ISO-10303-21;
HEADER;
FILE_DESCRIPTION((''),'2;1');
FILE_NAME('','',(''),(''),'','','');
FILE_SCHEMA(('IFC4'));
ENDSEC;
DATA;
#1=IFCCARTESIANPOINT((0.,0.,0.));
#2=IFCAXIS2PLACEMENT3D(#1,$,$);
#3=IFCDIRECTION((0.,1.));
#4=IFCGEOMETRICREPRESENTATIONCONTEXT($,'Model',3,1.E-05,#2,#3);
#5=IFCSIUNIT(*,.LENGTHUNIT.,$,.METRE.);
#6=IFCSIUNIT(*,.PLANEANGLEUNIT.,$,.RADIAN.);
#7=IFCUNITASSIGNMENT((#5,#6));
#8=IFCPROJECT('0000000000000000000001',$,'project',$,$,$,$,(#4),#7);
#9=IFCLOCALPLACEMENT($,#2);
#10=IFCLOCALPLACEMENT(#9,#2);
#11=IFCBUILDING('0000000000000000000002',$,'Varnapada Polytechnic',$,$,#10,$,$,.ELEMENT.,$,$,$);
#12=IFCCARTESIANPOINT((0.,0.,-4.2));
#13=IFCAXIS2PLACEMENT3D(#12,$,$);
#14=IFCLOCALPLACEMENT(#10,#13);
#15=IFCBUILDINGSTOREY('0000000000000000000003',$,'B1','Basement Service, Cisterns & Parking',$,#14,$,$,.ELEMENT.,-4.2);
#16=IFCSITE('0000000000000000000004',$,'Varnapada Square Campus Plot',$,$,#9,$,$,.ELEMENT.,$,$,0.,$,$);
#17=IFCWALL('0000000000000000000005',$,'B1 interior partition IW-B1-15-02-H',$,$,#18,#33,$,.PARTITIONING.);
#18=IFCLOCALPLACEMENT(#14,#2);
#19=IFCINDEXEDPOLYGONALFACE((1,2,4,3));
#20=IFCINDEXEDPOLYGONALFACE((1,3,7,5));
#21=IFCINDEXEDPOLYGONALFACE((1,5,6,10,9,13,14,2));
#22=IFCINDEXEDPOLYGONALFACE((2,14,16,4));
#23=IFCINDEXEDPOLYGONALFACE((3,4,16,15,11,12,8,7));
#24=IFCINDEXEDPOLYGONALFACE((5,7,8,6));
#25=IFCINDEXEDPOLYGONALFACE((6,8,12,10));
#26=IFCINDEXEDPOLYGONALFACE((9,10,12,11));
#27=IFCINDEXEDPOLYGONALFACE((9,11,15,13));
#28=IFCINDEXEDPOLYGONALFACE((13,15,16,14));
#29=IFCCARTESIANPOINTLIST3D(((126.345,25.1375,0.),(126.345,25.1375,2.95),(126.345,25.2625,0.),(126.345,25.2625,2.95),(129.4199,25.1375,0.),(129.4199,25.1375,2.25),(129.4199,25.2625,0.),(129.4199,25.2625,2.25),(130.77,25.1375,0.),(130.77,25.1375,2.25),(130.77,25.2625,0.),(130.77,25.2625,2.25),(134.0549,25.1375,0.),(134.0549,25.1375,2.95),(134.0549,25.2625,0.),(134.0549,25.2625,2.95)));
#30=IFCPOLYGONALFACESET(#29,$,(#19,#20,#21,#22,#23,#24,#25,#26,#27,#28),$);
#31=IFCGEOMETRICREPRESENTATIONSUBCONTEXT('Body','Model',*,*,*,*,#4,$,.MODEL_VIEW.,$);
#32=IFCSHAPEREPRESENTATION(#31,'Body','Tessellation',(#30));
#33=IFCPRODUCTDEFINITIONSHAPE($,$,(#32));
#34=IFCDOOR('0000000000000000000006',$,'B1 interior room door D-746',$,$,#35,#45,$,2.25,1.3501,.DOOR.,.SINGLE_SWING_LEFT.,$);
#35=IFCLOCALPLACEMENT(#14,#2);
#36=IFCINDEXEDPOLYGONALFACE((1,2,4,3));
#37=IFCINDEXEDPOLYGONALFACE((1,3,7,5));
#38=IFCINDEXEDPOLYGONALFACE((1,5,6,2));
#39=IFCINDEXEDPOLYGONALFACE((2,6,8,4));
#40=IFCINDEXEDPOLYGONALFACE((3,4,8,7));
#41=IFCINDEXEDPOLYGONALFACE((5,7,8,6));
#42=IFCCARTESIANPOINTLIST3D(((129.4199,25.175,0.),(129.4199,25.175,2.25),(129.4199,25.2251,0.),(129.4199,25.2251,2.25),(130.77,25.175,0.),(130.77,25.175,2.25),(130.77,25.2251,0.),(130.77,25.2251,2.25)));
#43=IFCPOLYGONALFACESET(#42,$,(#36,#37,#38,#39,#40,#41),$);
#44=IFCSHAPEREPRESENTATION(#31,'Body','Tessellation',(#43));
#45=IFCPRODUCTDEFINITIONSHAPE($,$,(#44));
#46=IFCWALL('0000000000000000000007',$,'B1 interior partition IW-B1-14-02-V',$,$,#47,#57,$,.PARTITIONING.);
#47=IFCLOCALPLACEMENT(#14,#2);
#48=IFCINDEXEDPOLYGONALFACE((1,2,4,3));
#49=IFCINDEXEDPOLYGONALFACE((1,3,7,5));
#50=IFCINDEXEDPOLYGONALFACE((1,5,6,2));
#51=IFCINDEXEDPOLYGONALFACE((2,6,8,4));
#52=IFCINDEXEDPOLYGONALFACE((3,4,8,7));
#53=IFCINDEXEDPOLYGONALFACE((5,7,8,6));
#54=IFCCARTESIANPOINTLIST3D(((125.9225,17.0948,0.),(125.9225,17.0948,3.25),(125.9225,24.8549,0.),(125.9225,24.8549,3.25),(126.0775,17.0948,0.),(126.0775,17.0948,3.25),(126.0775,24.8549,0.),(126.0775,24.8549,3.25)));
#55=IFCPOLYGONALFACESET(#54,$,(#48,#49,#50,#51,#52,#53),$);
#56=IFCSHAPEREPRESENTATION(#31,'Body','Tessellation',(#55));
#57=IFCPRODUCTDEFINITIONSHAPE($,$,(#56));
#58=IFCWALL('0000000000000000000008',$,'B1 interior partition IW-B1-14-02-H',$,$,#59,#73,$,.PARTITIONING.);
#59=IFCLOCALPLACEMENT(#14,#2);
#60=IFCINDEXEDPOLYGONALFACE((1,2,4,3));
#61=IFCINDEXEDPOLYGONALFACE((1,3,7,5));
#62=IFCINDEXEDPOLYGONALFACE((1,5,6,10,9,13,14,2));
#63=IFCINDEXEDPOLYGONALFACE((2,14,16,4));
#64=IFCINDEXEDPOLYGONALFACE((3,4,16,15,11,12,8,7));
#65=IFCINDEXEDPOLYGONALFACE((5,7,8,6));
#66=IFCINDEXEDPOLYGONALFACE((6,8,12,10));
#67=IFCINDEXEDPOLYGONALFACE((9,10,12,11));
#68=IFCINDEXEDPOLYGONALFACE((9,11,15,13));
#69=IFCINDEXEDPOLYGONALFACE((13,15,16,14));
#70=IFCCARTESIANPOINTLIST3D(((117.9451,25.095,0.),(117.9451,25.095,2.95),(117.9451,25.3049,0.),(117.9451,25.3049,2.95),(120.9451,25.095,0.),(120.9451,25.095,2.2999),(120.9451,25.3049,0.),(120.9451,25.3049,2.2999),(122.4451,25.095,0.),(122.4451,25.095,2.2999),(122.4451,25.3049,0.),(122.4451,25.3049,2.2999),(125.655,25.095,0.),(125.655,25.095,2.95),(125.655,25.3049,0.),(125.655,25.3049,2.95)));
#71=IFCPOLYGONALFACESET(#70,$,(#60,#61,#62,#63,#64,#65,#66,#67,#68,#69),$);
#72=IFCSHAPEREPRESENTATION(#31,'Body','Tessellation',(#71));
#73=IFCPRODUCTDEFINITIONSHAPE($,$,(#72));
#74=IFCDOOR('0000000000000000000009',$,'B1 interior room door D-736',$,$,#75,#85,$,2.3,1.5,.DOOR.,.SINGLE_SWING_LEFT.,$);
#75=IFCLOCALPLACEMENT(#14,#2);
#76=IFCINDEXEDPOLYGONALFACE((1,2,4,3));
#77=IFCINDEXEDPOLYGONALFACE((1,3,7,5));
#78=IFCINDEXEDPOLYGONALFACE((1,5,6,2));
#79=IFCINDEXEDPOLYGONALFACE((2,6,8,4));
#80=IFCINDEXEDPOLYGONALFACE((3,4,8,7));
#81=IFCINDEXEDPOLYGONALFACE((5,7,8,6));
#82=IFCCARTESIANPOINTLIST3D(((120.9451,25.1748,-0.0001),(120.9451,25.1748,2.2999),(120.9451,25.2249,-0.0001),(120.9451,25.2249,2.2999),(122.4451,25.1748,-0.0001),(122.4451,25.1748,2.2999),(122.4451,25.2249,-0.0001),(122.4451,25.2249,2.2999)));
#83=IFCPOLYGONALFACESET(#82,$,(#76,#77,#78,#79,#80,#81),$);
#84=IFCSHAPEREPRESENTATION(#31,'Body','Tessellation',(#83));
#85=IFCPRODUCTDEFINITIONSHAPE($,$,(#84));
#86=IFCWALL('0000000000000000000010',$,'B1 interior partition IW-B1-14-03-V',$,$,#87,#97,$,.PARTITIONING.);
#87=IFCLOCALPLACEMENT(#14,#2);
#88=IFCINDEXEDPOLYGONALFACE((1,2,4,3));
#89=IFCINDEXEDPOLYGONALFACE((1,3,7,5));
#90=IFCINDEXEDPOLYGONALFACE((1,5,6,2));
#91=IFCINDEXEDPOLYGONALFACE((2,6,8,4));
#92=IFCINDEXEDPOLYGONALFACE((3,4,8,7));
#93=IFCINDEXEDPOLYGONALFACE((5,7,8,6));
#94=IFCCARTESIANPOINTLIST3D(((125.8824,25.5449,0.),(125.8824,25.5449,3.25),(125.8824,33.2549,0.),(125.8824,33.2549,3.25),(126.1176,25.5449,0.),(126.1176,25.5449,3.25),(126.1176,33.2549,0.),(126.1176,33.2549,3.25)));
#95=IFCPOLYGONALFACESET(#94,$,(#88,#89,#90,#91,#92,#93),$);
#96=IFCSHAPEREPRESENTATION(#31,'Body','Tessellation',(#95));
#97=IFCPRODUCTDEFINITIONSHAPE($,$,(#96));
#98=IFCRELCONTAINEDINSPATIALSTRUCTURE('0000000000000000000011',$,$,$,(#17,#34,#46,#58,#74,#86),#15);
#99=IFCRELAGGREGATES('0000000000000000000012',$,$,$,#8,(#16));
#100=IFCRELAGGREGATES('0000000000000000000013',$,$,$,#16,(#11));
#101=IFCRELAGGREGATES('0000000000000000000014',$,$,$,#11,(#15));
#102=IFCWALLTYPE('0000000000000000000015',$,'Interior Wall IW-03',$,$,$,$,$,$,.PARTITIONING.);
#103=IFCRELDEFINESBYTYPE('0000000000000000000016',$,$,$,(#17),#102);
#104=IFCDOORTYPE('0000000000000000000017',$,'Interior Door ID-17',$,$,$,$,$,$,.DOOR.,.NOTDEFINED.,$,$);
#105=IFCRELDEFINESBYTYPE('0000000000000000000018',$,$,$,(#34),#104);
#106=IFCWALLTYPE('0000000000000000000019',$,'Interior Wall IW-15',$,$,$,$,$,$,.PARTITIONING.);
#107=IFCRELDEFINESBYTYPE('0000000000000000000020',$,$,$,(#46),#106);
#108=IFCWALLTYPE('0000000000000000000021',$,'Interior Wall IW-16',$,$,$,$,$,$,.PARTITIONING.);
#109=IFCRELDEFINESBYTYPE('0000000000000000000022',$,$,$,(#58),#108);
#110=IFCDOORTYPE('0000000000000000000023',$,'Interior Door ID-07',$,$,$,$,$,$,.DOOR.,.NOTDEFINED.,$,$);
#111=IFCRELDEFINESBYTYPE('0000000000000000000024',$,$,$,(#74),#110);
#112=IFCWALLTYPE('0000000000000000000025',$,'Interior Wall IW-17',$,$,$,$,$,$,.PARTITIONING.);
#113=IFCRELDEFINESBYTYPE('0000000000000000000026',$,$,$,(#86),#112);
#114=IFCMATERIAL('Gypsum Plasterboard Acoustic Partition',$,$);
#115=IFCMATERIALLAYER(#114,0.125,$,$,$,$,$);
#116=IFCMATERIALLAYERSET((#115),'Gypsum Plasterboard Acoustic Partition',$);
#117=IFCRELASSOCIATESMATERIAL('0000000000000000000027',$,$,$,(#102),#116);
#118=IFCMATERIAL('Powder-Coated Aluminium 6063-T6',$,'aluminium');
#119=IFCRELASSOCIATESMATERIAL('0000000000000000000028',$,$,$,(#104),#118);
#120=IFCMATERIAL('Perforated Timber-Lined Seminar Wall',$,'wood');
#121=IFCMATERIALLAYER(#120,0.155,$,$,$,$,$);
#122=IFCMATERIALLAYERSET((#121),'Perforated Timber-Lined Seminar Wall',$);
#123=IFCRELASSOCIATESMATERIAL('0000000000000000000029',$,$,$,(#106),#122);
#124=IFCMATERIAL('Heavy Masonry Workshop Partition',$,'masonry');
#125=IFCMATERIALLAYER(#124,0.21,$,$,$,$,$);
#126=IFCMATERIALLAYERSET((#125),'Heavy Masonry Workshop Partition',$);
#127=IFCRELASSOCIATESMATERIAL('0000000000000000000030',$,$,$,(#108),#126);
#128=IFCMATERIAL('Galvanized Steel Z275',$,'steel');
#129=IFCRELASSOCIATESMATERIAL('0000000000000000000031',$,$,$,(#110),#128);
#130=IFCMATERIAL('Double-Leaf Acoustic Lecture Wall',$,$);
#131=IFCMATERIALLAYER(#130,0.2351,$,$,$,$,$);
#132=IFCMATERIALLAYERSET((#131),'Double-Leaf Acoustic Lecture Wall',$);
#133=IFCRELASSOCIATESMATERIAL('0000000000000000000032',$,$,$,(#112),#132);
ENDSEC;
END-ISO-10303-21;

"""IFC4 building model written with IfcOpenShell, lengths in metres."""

from ifc_helpers import new_model, si_unit, direction, frame, frame_2d, origin, place, context, subcontext, project, spatial, rectangle, extrude, material, layer, layer_set, type_object, element, fill, save


model = new_model("IFC4")

# Units and contexts
model_context = context("Model", 3, precision=1e-05, world=origin(), true_north=direction((0.0, 1.0)))
body_context = subcontext(model_context, "Body", "Model", "MODEL_VIEW")
ifc_project = project(units=[si_unit("LENGTHUNIT", "METRE"), si_unit("PLANEANGLEUNIT", "RADIAN")], contexts=[model_context])

# Site, building, storey
site_placement = place(None, origin())
site = spatial("IfcSite", under=ifc_project, at=site_placement, Name="Varnapada Square Campus Plot", CompositionType="ELEMENT", RefElevation=0.0)
building_placement = place(site_placement, origin())
building = spatial("IfcBuilding", under=site, at=building_placement, Name="Varnapada Polytechnic", CompositionType="ELEMENT")
storey_placement = place(building_placement, frame((0.0, 0.0, -4.2)))
storey = spatial("IfcBuildingStorey", under=building, at=storey_placement, Name="B1", Description="Basement Service, Cisterns & Parking", CompositionType="ELEMENT", Elevation=-4.2)

# Wall, opening, door
ifc_material_1 = material(Name="Gypsum Plasterboard Acoustic Partition")
ifc_layer_1 = layer(ifc_material_1, 0.125)
ifc_layer_set_1 = layer_set([ifc_layer_1], Name="Gypsum Plasterboard Acoustic Partition")
wall_type_1 = type_object("IfcWallType", Name="Interior Wall IW-03", PredefinedType="PARTITIONING", material=ifc_layer_set_1)
wall_1_placement = place(storey_placement, frame((126.345, 25.2, 0.0), z_axis=(0.0, 0.0, 1.0), x_axis=(1.0, 0.0, 0.0)))
wall_1 = element("IfcWall", 1, at=wall_1_placement, inside=storey, type_object=wall_type_1, Name="B1 interior partition IW-B1-15-02-H", PredefinedType="PARTITIONING", context=body_context, shape_type="SweptSolid", body=[
    extrude(rectangle(XDim=7.71, YDim=0.125, at=frame_2d((3.855, 0.0))), origin(), (0.0, 0.0, 1.0), 2.95),
])
opening_1_placement = place(wall_1_placement, frame((3.075, 0.0, 0.0)))
opening_1 = element("IfcOpeningElement", 2, at=opening_1_placement, cuts=wall_1, PredefinedType="OPENING", context=body_context, shape_type="SweptSolid", body=[
    extrude(rectangle(XDim=1.3501, YDim=2.25, at=frame_2d((0.675, 1.125))), frame((0.0, 0.0725, 0.0), z_axis=(0.0, -1.0, 0.0), x_axis=(1.0, 0.0, 0.0)), (0.0, 0.0, 1.0), 0.145),
])
ifc_material_2 = material(Name="Powder-Coated Aluminium 6063-T6", Category="aluminium")
door_type_1 = type_object("IfcDoorType", Name="Interior Door ID-17", OperationType="NOTDEFINED", PredefinedType="DOOR", material=ifc_material_2)
door_1_placement = place(opening_1_placement, frame((1.3501, 0.0, 0.0), z_axis=(0.0, 0.0, 1.0), x_axis=(-1.0, 0.0, 0.0)))
door_1 = element("IfcDoor", 3, at=door_1_placement, inside=storey, type_object=door_type_1, Name="B1 interior room door D-746", OperationType="SINGLE_SWING_LEFT", OverallHeight=2.25, OverallWidth=1.3501, PredefinedType="DOOR", context=body_context, shape_type="SweptSolid", body=[
    extrude(rectangle(XDim=1.3501, YDim=2.25, at=frame_2d((0.675, 1.125))), frame((0.0, 0.0249, 0.0), z_axis=(0.0, -1.0, 0.0), x_axis=(1.0, 0.0, 0.0)), (0.0, 0.0, 1.0), 0.05),
])
fill(opening_1, door_1)

# Wall
ifc_material_3 = material(Name="Perforated Timber-Lined Seminar Wall", Category="wood")
ifc_layer_2 = layer(ifc_material_3, 0.155)
ifc_layer_set_2 = layer_set([ifc_layer_2], Name="Perforated Timber-Lined Seminar Wall")
wall_type_2 = type_object("IfcWallType", Name="Interior Wall IW-15", PredefinedType="PARTITIONING", material=ifc_layer_set_2)
wall_2_placement = place(storey_placement, frame((126.0, 17.095, 0.0), z_axis=(0.0, 0.0, 1.0), x_axis=(0.0, 1.0, 0.0)))
element("IfcWall", 4, at=wall_2_placement, inside=storey, type_object=wall_type_2, Name="B1 interior partition IW-B1-14-02-V", PredefinedType="PARTITIONING", context=body_context, shape_type="SweptSolid", body=[
    extrude(rectangle(XDim=7.76, YDim=0.155, at=frame_2d((3.8799, 0.0))), origin(), (0.0, 0.0, 1.0), 3.25),
])

# Wall, opening, door
ifc_material_4 = material(Name="Heavy Masonry Workshop Partition", Category="masonry")
ifc_layer_3 = layer(ifc_material_4, 0.21)
ifc_layer_set_3 = layer_set([ifc_layer_3], Name="Heavy Masonry Workshop Partition")
wall_type_3 = type_object("IfcWallType", Name="Interior Wall IW-16", PredefinedType="PARTITIONING", material=ifc_layer_set_3)
wall_3_placement = place(storey_placement, frame((117.9451, 25.2, 0.0), z_axis=(0.0, 0.0, 1.0), x_axis=(1.0, 0.0, 0.0)))
wall_3 = element("IfcWall", 5, at=wall_3_placement, inside=storey, type_object=wall_type_3, Name="B1 interior partition IW-B1-14-02-H", PredefinedType="PARTITIONING", context=body_context, shape_type="SweptSolid", body=[
    extrude(rectangle(XDim=7.71, YDim=0.21, at=frame_2d((3.855, 0.0))), origin(), (0.0, 0.0, 1.0), 2.95),
])
opening_2_placement = place(wall_3_placement, frame((3.0, 0.0, 0.0)))
opening_2 = element("IfcOpeningElement", 6, at=opening_2_placement, cuts=wall_3, PredefinedType="OPENING", context=body_context, shape_type="SweptSolid", body=[
    extrude(rectangle(XDim=1.5, YDim=2.3, at=frame_2d((0.75, 1.1499))), frame((0.0, 0.115, 0.0), z_axis=(0.0, -1.0, 0.0), x_axis=(1.0, 0.0, 0.0)), (0.0, 0.0, 1.0), 0.23),
])
ifc_material_5 = material(Name="Galvanized Steel Z275", Category="steel")
door_type_2 = type_object("IfcDoorType", Name="Interior Door ID-07", OperationType="NOTDEFINED", PredefinedType="DOOR", material=ifc_material_5)
door_2_placement = place(opening_2_placement, origin())
door_2 = element("IfcDoor", 7, at=door_2_placement, inside=storey, type_object=door_type_2, Name="B1 interior room door D-736", OperationType="SINGLE_SWING_LEFT", OverallHeight=2.3, OverallWidth=1.5, PredefinedType="DOOR", context=body_context, shape_type="SweptSolid", body=[
    extrude(rectangle(XDim=1.5, YDim=2.3, at=frame_2d((0.75, 1.1499))), frame((0.0, 0.0249, 0.0), z_axis=(0.0, -1.0, 0.0), x_axis=(1.0, 0.0, 0.0)), (0.0, 0.0, 1.0), 0.05),
])
fill(opening_2, door_2)

# Wall
ifc_material_6 = material(Name="Double-Leaf Acoustic Lecture Wall")
ifc_layer_4 = layer(ifc_material_6, 0.2351)
ifc_layer_set_4 = layer_set([ifc_layer_4], Name="Double-Leaf Acoustic Lecture Wall")
wall_type_4 = type_object("IfcWallType", Name="Interior Wall IW-17", PredefinedType="PARTITIONING", material=ifc_layer_set_4)
wall_4_placement = place(storey_placement, frame((126.0, 25.5449, 0.0), z_axis=(0.0, 0.0, 1.0), x_axis=(0.0, 1.0, 0.0)))
element("IfcWall", 8, at=wall_4_placement, inside=storey, type_object=wall_type_4, Name="B1 interior partition IW-B1-14-03-V", PredefinedType="PARTITIONING", context=body_context, shape_type="SweptSolid", body=[
    extrude(rectangle(XDim=7.71, YDim=0.2351, at=frame_2d((3.855, 0.0))), origin(), (0.0, 0.0, 1.0), 3.25),
])

save(model, "model.ifc")
